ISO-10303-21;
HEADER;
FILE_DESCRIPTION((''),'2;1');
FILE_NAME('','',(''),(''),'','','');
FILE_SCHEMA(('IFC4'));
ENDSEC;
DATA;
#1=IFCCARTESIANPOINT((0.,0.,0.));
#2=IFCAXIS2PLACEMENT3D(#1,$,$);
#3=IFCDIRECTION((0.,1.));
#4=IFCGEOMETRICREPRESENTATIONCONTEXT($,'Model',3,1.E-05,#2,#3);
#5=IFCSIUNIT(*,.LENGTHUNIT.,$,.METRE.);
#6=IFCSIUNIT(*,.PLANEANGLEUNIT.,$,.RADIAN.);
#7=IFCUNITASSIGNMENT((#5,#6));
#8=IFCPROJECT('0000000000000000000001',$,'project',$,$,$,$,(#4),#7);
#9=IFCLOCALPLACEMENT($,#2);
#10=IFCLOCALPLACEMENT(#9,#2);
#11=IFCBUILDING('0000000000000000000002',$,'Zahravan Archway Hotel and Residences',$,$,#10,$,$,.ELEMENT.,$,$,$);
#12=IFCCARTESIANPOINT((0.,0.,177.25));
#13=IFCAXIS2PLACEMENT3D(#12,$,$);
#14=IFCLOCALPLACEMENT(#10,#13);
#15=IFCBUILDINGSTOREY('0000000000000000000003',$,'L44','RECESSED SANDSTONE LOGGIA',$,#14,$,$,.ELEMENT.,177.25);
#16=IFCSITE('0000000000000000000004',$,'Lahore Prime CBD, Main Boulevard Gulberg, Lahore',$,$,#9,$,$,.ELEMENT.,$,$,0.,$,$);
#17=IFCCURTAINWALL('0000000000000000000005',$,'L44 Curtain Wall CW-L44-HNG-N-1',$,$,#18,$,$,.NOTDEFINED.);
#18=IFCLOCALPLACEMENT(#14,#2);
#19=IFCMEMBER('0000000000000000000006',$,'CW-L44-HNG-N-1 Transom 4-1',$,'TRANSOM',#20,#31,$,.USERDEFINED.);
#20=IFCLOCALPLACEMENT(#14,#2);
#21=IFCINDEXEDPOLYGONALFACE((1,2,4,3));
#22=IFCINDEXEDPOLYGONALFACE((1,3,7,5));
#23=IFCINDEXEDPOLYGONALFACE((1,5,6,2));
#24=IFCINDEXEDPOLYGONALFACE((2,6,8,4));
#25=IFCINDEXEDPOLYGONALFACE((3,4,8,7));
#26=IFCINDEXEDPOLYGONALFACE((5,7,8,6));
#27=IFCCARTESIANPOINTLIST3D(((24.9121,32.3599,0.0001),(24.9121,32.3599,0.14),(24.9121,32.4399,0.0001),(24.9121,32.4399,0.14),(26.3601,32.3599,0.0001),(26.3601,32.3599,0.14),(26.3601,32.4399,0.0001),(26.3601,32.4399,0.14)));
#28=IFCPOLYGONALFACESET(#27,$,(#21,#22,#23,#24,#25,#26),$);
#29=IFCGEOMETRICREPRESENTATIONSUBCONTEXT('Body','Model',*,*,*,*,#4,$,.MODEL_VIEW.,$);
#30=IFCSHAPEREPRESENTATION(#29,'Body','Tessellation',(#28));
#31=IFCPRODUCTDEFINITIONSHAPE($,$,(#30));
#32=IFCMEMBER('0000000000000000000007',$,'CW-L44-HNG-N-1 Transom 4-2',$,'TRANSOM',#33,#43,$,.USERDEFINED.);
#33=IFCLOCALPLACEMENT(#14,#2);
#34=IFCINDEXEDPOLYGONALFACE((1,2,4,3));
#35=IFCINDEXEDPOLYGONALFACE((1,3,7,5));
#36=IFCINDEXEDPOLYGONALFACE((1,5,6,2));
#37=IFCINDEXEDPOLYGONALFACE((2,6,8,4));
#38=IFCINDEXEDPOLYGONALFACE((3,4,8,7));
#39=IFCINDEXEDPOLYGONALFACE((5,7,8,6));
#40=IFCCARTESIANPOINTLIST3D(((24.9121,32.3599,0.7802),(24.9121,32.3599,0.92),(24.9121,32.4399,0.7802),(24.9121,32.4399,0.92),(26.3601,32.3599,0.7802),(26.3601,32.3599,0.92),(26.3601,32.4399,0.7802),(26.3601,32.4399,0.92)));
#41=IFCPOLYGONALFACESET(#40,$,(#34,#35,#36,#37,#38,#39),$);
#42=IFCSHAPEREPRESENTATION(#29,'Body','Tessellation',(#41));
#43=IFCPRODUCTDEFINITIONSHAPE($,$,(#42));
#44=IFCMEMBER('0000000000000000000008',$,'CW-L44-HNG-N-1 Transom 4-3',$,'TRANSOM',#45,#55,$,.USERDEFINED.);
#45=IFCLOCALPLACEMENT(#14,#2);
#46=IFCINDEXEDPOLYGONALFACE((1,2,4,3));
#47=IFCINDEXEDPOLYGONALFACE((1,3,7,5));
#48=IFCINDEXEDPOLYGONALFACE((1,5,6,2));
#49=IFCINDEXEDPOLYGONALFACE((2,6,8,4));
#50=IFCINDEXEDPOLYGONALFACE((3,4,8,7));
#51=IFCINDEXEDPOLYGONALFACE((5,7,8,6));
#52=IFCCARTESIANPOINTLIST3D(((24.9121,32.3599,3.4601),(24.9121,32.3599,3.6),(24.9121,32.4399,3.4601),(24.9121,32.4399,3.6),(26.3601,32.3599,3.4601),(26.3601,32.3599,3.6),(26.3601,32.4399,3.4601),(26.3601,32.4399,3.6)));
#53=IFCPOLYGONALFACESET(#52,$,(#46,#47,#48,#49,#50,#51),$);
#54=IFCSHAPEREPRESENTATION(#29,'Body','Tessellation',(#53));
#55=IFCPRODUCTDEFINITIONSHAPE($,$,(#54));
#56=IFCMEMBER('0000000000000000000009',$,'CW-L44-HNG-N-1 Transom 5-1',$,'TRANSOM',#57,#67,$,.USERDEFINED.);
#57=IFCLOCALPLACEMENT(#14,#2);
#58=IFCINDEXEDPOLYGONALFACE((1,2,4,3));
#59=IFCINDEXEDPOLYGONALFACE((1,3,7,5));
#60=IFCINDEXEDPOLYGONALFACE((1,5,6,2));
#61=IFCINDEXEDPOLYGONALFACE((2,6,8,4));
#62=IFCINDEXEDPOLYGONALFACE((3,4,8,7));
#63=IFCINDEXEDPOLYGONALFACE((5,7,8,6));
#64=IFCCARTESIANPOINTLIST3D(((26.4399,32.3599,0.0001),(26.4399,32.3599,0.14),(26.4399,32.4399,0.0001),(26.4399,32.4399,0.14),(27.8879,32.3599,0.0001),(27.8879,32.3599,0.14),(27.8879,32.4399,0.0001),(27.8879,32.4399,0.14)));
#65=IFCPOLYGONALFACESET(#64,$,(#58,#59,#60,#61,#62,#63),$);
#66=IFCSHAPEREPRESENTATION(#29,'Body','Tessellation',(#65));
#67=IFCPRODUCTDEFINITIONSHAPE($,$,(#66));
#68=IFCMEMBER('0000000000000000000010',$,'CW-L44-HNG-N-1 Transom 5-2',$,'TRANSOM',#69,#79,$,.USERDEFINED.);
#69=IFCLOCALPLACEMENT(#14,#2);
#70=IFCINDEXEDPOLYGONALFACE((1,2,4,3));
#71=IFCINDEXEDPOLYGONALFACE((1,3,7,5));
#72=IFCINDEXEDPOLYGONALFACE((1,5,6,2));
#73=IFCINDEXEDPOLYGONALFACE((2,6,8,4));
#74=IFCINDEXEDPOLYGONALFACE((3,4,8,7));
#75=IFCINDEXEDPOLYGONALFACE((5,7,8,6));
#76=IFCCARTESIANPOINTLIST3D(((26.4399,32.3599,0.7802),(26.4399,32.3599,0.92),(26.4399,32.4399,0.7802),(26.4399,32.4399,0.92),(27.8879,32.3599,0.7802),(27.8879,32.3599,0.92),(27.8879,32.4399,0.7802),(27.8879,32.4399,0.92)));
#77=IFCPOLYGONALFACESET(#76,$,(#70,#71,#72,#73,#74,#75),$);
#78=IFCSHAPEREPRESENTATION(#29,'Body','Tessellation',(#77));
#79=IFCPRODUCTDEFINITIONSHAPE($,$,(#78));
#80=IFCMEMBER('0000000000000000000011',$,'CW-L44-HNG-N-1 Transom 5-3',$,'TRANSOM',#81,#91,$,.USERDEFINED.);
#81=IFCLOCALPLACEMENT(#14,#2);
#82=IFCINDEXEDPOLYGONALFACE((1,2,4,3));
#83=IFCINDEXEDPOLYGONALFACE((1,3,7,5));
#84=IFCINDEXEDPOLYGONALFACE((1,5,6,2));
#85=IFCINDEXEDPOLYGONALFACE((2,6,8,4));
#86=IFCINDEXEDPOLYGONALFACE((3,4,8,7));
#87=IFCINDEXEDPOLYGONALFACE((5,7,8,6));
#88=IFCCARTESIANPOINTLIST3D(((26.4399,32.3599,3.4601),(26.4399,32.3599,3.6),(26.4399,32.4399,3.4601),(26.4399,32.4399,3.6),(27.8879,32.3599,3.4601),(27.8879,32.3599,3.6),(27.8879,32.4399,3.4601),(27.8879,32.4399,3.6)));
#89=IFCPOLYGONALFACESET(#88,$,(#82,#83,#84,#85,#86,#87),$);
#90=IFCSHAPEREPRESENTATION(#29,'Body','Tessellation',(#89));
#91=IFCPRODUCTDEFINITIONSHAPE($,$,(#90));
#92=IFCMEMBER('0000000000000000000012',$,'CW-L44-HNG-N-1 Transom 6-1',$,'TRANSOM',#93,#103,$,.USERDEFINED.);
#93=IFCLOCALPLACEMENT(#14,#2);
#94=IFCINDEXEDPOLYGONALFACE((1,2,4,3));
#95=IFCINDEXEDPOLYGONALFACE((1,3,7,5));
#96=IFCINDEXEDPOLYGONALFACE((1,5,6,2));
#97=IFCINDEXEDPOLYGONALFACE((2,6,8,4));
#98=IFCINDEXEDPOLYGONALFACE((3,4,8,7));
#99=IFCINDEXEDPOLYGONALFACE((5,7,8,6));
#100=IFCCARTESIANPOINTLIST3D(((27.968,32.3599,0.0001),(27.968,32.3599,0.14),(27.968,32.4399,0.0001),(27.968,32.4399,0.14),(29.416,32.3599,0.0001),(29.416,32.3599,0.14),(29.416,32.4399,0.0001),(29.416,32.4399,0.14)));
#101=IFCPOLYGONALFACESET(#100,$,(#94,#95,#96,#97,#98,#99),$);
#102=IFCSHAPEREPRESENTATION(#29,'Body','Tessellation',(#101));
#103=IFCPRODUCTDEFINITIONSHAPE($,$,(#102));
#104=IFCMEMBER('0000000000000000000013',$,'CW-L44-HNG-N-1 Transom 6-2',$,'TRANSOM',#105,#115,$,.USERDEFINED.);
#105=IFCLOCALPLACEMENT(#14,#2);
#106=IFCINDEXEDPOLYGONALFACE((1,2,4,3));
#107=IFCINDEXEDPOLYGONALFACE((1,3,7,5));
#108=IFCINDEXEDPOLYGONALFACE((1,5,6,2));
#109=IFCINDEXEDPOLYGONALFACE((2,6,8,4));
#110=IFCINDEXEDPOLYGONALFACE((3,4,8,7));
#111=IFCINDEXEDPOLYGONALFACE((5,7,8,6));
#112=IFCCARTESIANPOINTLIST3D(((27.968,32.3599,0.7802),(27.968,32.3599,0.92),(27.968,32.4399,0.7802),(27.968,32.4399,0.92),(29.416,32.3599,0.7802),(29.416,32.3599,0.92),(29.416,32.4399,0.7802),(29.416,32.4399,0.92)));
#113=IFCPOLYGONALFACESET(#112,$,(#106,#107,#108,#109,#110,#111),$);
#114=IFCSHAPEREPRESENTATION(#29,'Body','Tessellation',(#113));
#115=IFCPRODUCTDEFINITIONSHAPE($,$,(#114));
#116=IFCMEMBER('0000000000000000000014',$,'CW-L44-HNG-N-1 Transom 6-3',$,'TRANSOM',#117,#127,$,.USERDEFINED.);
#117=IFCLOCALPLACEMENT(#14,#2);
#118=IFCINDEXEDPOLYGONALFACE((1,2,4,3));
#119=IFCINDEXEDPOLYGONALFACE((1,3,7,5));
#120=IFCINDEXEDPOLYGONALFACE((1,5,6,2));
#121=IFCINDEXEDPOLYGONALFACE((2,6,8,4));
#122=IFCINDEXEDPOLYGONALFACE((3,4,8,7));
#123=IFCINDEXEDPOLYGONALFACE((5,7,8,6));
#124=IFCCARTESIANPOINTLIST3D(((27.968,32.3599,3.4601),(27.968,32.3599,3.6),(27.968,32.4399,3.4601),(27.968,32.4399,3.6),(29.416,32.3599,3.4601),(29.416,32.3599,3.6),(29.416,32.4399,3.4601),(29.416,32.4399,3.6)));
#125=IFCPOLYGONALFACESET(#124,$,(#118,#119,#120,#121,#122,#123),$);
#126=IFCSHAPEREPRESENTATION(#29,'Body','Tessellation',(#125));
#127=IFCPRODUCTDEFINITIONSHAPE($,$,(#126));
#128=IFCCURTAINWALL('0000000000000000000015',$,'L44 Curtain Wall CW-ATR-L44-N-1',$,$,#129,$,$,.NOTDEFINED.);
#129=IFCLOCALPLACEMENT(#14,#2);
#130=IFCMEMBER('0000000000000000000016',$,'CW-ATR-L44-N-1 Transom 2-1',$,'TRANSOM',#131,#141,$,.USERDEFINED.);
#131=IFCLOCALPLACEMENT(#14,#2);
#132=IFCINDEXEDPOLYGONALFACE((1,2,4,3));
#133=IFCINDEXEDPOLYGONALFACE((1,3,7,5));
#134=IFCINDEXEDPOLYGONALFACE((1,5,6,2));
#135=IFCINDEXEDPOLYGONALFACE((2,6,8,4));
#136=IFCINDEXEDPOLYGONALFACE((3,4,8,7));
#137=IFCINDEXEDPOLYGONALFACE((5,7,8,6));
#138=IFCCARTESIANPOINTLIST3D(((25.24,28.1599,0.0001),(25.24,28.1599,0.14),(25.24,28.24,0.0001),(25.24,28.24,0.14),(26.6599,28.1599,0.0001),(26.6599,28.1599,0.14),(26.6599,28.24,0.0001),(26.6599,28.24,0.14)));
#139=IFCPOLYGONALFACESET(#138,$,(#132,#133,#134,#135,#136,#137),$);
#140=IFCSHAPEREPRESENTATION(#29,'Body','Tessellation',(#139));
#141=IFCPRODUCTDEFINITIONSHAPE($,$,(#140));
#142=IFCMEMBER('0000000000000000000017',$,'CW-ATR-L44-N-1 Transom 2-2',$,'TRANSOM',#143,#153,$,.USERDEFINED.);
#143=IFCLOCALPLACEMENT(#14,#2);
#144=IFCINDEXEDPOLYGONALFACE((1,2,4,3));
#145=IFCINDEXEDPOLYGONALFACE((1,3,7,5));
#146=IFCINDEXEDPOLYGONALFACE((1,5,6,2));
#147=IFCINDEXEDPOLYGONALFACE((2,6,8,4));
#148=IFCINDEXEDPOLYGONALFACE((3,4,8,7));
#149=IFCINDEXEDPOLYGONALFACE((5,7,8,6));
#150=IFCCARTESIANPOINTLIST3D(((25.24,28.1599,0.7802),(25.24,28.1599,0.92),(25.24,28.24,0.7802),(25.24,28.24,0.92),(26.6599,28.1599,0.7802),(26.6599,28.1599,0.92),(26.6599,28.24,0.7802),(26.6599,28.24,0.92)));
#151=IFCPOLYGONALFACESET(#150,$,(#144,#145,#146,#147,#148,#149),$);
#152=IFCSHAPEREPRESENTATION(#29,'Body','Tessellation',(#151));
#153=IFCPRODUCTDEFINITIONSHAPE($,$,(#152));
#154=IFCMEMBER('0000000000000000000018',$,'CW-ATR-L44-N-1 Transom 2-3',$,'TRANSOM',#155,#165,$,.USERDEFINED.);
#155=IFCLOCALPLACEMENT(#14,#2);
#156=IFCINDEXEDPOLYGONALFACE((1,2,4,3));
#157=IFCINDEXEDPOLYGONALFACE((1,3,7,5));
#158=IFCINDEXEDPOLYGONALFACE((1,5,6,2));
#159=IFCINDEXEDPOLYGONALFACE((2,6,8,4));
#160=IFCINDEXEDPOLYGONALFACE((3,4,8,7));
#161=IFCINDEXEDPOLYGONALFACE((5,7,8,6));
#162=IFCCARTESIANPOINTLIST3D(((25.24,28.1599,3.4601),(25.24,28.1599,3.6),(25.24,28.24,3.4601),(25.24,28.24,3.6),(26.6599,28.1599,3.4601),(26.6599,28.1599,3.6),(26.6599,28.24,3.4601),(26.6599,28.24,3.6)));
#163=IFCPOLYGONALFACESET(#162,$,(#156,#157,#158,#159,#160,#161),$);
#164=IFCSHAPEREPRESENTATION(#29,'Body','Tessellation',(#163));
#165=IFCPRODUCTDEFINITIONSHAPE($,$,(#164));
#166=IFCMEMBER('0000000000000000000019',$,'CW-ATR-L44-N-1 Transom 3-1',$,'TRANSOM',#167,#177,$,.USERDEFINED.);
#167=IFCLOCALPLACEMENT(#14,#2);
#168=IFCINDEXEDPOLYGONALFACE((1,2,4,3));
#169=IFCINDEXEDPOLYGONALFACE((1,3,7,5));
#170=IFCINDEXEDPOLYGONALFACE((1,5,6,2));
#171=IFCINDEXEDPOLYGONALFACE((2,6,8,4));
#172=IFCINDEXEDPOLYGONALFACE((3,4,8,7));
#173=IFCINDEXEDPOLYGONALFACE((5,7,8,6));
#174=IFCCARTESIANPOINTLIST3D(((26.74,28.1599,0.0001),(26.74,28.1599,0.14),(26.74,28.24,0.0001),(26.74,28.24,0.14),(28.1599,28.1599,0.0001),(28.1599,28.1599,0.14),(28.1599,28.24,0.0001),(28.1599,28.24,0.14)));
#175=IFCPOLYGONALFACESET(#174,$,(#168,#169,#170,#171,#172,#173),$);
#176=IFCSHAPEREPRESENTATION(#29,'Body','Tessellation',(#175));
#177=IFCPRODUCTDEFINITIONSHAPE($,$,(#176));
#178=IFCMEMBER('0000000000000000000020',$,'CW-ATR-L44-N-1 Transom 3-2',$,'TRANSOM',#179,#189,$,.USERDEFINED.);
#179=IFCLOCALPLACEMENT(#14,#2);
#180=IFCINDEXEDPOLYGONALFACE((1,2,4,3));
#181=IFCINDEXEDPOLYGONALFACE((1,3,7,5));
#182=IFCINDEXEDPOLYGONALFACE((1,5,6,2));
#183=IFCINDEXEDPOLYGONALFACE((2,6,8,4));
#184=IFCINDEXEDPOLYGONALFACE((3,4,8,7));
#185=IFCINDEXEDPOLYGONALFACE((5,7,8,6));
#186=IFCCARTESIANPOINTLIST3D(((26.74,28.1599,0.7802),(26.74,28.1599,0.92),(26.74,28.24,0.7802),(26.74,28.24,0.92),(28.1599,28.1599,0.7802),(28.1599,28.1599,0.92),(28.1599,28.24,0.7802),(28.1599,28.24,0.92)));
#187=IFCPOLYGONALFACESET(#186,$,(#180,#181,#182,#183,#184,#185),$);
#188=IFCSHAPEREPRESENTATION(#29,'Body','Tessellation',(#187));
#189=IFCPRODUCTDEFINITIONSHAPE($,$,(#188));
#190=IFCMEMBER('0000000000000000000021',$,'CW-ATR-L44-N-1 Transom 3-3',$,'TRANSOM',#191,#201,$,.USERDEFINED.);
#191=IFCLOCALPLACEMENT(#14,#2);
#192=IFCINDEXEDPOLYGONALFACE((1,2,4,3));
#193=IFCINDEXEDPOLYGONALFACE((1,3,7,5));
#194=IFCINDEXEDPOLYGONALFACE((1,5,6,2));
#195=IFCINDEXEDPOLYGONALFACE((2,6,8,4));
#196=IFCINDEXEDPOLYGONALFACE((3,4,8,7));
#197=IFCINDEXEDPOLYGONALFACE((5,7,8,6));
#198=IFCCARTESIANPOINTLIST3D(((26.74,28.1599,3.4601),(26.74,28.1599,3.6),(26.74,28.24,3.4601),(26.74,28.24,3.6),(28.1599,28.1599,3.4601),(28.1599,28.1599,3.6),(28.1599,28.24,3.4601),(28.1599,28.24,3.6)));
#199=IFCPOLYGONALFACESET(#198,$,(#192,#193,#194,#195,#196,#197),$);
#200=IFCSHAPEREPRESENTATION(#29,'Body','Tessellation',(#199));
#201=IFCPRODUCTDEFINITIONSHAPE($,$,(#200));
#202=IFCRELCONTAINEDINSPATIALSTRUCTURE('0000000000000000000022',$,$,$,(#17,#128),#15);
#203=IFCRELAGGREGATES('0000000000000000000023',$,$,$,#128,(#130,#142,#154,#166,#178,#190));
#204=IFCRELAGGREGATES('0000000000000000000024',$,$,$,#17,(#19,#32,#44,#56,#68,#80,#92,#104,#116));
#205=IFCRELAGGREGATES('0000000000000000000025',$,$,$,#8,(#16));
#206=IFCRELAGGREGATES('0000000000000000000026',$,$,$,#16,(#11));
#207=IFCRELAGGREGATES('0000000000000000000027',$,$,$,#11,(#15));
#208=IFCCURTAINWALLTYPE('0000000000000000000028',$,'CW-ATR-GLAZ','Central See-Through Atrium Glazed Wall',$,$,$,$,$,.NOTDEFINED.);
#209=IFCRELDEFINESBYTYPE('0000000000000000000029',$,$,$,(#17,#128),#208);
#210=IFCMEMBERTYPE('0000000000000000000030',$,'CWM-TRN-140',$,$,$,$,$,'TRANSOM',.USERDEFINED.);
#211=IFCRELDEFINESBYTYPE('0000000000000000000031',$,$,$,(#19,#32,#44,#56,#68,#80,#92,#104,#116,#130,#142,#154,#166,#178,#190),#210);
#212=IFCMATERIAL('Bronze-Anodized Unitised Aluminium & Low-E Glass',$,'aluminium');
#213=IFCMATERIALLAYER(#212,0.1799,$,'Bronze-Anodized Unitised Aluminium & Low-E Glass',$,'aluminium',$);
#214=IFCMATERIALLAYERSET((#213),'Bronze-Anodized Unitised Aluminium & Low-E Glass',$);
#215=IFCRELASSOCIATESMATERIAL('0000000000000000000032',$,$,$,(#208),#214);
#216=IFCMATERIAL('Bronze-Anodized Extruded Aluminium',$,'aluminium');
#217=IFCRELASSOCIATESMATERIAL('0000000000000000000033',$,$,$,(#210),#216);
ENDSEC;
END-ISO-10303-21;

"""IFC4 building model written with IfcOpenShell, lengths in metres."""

from ifc_helpers import new_model, si_unit, direction, frame, origin, origin_2d, place, context, subcontext, project, spatial, rectangle, extrude, source, transform, mapped, material, layer, layer_set, material_profile, profile_set, type_object, element, aggregate, save


model = new_model("IFC4")

# Units and contexts
model_context = context("Model", 3, precision=1e-05, world=origin(), true_north=direction((0.0, 1.0)))
body_context = subcontext(model_context, "Body", "Model", "MODEL_VIEW")
ifc_project = project(units=[si_unit("LENGTHUNIT", "METRE"), si_unit("PLANEANGLEUNIT", "RADIAN")], contexts=[model_context])

# Site, building, storey
site_placement = place(None, origin())
site = spatial("IfcSite", under=ifc_project, at=site_placement, Name="Lahore Prime CBD, Main Boulevard Gulberg, Lahore", CompositionType="ELEMENT", RefElevation=0.0)
building_placement = place(site_placement, origin())
building = spatial("IfcBuilding", under=site, at=building_placement, Name="Zahravan Archway Hotel and Residences", CompositionType="ELEMENT")
storey_placement = place(building_placement, frame((0.0, 0.0, 177.25)))
storey = spatial("IfcBuildingStorey", under=building, at=storey_placement, Name="L44", Description="RECESSED SANDSTONE LOGGIA", CompositionType="ELEMENT", Elevation=177.25)

# Curtain walls, members
ifc_material_1 = material(Name="Bronze-Anodized Unitised Aluminium & Low-E Glass", Category="aluminium")
ifc_layer_1 = layer(ifc_material_1, 0.1799, Name="Bronze-Anodized Unitised Aluminium & Low-E Glass", Category="aluminium")
ifc_layer_set_1 = layer_set([ifc_layer_1], Name="Bronze-Anodized Unitised Aluminium & Low-E Glass")
curtain_wall_type = type_object("IfcCurtainWallType", Name="CW-ATR-GLAZ", Description="Central See-Through Atrium Glazed Wall", PredefinedType="NOTDEFINED", material=ifc_layer_set_1)
curtain_wall_1_placement = place(storey_placement, origin())
curtain_wall_1 = element("IfcCurtainWall", 1, at=curtain_wall_1_placement, inside=storey, type_object=curtain_wall_type, Name="L44 Curtain Wall CW-L44-HNG-N-1", PredefinedType="NOTDEFINED")
ifc_material_2 = material(Name="Bronze-Anodized Extruded Aluminium", Category="aluminium")
ifc_material_profile_1 = material_profile(ifc_material_2, rectangle(XDim=0.0801, YDim=0.1399, at=origin_2d()), Name="TRN 80x140", Category="aluminium")
ifc_profile_set_1 = profile_set([ifc_material_profile_1], Name="Bronze-Anodized Extruded Aluminium")
member_type_1 = type_object("IfcMemberType", Name="CWM-TRN-140", ElementType="TRANSOM", PredefinedType="USERDEFINED", material=ifc_profile_set_1)
shared_shape_1 = source(origin(), body_context, "Body", "SweptSolid", [
    extrude(rectangle(XDim=0.0801, YDim=0.1399, at=origin_2d()), origin(), (0.0, 0.0, 1.0), 1.448),
])
member_1_placement = place(storey_placement, frame((24.9121, 32.3999, 0.0701), z_axis=(1.0, 0.0, 0.0), x_axis=(0.0, 1.0, 0.0)))
member_1 = element("IfcMember", 2, at=member_1_placement, type_object=member_type_1, Name="CW-L44-HNG-N-1 Transom 4-1", ObjectType="TRANSOM", PredefinedType="USERDEFINED", context=body_context, shape_type="MappedRepresentation", body=[
    mapped(shared_shape_1, transform((0.0, 0.0, 0.0), scale=1.0)),
])
member_2_placement = place(storey_placement, frame((24.9121, 32.3999, 0.8501), z_axis=(1.0, 0.0, 0.0), x_axis=(0.0, 1.0, 0.0)))
member_2 = element("IfcMember", 3, at=member_2_placement, type_object=member_type_1, Name="CW-L44-HNG-N-1 Transom 4-2", ObjectType="TRANSOM", PredefinedType="USERDEFINED", context=body_context, shape_type="MappedRepresentation", body=[
    mapped(shared_shape_1, transform((0.0, 0.0, 0.0), scale=1.0)),
])
member_3_placement = place(storey_placement, frame((24.9121, 32.3999, 3.53), z_axis=(1.0, 0.0, 0.0), x_axis=(0.0, 1.0, 0.0)))
member_3 = element("IfcMember", 4, at=member_3_placement, type_object=member_type_1, Name="CW-L44-HNG-N-1 Transom 4-3", ObjectType="TRANSOM", PredefinedType="USERDEFINED", context=body_context, shape_type="MappedRepresentation", body=[
    mapped(shared_shape_1, transform((0.0, 0.0, 0.0), scale=1.0)),
])
member_4_placement = place(storey_placement, frame((26.4399, 32.3999, 0.0701), z_axis=(1.0, 0.0, 0.0), x_axis=(0.0, 1.0, 0.0)))
member_4 = element("IfcMember", 5, at=member_4_placement, type_object=member_type_1, Name="CW-L44-HNG-N-1 Transom 5-1", ObjectType="TRANSOM", PredefinedType="USERDEFINED", context=body_context, shape_type="MappedRepresentation", body=[
    mapped(shared_shape_1, transform((0.0, 0.0, 0.0), scale=1.0)),
])
member_5_placement = place(storey_placement, frame((26.4399, 32.3999, 0.8501), z_axis=(1.0, 0.0, 0.0), x_axis=(0.0, 1.0, 0.0)))
member_5 = element("IfcMember", 6, at=member_5_placement, type_object=member_type_1, Name="CW-L44-HNG-N-1 Transom 5-2", ObjectType="TRANSOM", PredefinedType="USERDEFINED", context=body_context, shape_type="MappedRepresentation", body=[
    mapped(shared_shape_1, transform((0.0, 0.0, 0.0), scale=1.0)),
])
member_6_placement = place(storey_placement, frame((26.4399, 32.3999, 3.53), z_axis=(1.0, 0.0, 0.0), x_axis=(0.0, 1.0, 0.0)))
member_6 = element("IfcMember", 7, at=member_6_placement, type_object=member_type_1, Name="CW-L44-HNG-N-1 Transom 5-3", ObjectType="TRANSOM", PredefinedType="USERDEFINED", context=body_context, shape_type="MappedRepresentation", body=[
    mapped(shared_shape_1, transform((0.0, 0.0, 0.0), scale=1.0)),
])
member_7_placement = place(storey_placement, frame((27.968, 32.3999, 0.0701), z_axis=(1.0, 0.0, 0.0), x_axis=(0.0, 1.0, 0.0)))
member_7 = element("IfcMember", 8, at=member_7_placement, type_object=member_type_1, Name="CW-L44-HNG-N-1 Transom 6-1", ObjectType="TRANSOM", PredefinedType="USERDEFINED", context=body_context, shape_type="MappedRepresentation", body=[
    mapped(shared_shape_1, transform((0.0, 0.0, 0.0), scale=1.0)),
])
member_8_placement = place(storey_placement, frame((27.968, 32.3999, 0.8501), z_axis=(1.0, 0.0, 0.0), x_axis=(0.0, 1.0, 0.0)))
member_8 = element("IfcMember", 9, at=member_8_placement, type_object=member_type_1, Name="CW-L44-HNG-N-1 Transom 6-2", ObjectType="TRANSOM", PredefinedType="USERDEFINED", context=body_context, shape_type="MappedRepresentation", body=[
    mapped(shared_shape_1, transform((0.0, 0.0, 0.0), scale=1.0)),
])
member_9_placement = place(storey_placement, frame((27.968, 32.3999, 3.53), z_axis=(1.0, 0.0, 0.0), x_axis=(0.0, 1.0, 0.0)))
member_9 = element("IfcMember", 10, at=member_9_placement, type_object=member_type_1, Name="CW-L44-HNG-N-1 Transom 6-3", ObjectType="TRANSOM", PredefinedType="USERDEFINED", context=body_context, shape_type="MappedRepresentation", body=[
    mapped(shared_shape_1, transform((0.0, 0.0, 0.0), scale=1.0)),
])
curtain_wall_2_placement = place(storey_placement, origin())
curtain_wall_2 = element("IfcCurtainWall", 11, at=curtain_wall_2_placement, inside=storey, type_object=curtain_wall_type, Name="L44 Curtain Wall CW-ATR-L44-N-1", PredefinedType="NOTDEFINED")
shared_shape_2 = source(origin(), body_context, "Body", "SweptSolid", [
    extrude(rectangle(XDim=0.0801, YDim=0.1399, at=origin_2d()), origin(), (0.0, 0.0, 1.0), 1.4199),
])
member_10_placement = place(storey_placement, frame((25.24, 28.2, 0.0701), z_axis=(1.0, 0.0, 0.0), x_axis=(0.0, 1.0, 0.0)))
member_10 = element("IfcMember", 12, at=member_10_placement, type_object=member_type_1, Name="CW-ATR-L44-N-1 Transom 2-1", ObjectType="TRANSOM", PredefinedType="USERDEFINED", context=body_context, shape_type="MappedRepresentation", body=[
    mapped(shared_shape_2, transform((0.0, 0.0, 0.0), scale=1.0)),
])
member_11_placement = place(storey_placement, frame((25.24, 28.2, 0.8501), z_axis=(1.0, 0.0, 0.0), x_axis=(0.0, 1.0, 0.0)))
member_11 = element("IfcMember", 13, at=member_11_placement, type_object=member_type_1, Name="CW-ATR-L44-N-1 Transom 2-2", ObjectType="TRANSOM", PredefinedType="USERDEFINED", context=body_context, shape_type="MappedRepresentation", body=[
    mapped(shared_shape_2, transform((0.0, 0.0, 0.0), scale=1.0)),
])
member_12_placement = place(storey_placement, frame((25.24, 28.2, 3.53), z_axis=(1.0, 0.0, 0.0), x_axis=(0.0, 1.0, 0.0)))
member_12 = element("IfcMember", 14, at=member_12_placement, type_object=member_type_1, Name="CW-ATR-L44-N-1 Transom 2-3", ObjectType="TRANSOM", PredefinedType="USERDEFINED", context=body_context, shape_type="MappedRepresentation", body=[
    mapped(shared_shape_2, transform((0.0, 0.0, 0.0), scale=1.0)),
])
member_13_placement = place(storey_placement, frame((26.74, 28.2, 0.0701), z_axis=(1.0, 0.0, 0.0), x_axis=(0.0, 1.0, 0.0)))
member_13 = element("IfcMember", 15, at=member_13_placement, type_object=member_type_1, Name="CW-ATR-L44-N-1 Transom 3-1", ObjectType="TRANSOM", PredefinedType="USERDEFINED", context=body_context, shape_type="MappedRepresentation", body=[
    mapped(shared_shape_2, transform((0.0, 0.0, 0.0), scale=1.0)),
])
member_14_placement = place(storey_placement, frame((26.74, 28.2, 0.8501), z_axis=(1.0, 0.0, 0.0), x_axis=(0.0, 1.0, 0.0)))
member_14 = element("IfcMember", 16, at=member_14_placement, type_object=member_type_1, Name="CW-ATR-L44-N-1 Transom 3-2", ObjectType="TRANSOM", PredefinedType="USERDEFINED", context=body_context, shape_type="MappedRepresentation", body=[
    mapped(shared_shape_2, transform((0.0, 0.0, 0.0), scale=1.0)),
])
member_15_placement = place(storey_placement, frame((26.74, 28.2, 3.53), z_axis=(1.0, 0.0, 0.0), x_axis=(0.0, 1.0, 0.0)))
member_15 = element("IfcMember", 17, at=member_15_placement, type_object=member_type_1, Name="CW-ATR-L44-N-1 Transom 3-3", ObjectType="TRANSOM", PredefinedType="USERDEFINED", context=body_context, shape_type="MappedRepresentation", body=[
    mapped(shared_shape_2, transform((0.0, 0.0, 0.0), scale=1.0)),
])

aggregate(curtain_wall_2, [member_10, member_11, member_12, member_13, member_14, member_15])
aggregate(curtain_wall_1, [member_1, member_2, member_3, member_4, member_5, member_6, member_7, member_8, member_9])

save(model, "model.ifc")
